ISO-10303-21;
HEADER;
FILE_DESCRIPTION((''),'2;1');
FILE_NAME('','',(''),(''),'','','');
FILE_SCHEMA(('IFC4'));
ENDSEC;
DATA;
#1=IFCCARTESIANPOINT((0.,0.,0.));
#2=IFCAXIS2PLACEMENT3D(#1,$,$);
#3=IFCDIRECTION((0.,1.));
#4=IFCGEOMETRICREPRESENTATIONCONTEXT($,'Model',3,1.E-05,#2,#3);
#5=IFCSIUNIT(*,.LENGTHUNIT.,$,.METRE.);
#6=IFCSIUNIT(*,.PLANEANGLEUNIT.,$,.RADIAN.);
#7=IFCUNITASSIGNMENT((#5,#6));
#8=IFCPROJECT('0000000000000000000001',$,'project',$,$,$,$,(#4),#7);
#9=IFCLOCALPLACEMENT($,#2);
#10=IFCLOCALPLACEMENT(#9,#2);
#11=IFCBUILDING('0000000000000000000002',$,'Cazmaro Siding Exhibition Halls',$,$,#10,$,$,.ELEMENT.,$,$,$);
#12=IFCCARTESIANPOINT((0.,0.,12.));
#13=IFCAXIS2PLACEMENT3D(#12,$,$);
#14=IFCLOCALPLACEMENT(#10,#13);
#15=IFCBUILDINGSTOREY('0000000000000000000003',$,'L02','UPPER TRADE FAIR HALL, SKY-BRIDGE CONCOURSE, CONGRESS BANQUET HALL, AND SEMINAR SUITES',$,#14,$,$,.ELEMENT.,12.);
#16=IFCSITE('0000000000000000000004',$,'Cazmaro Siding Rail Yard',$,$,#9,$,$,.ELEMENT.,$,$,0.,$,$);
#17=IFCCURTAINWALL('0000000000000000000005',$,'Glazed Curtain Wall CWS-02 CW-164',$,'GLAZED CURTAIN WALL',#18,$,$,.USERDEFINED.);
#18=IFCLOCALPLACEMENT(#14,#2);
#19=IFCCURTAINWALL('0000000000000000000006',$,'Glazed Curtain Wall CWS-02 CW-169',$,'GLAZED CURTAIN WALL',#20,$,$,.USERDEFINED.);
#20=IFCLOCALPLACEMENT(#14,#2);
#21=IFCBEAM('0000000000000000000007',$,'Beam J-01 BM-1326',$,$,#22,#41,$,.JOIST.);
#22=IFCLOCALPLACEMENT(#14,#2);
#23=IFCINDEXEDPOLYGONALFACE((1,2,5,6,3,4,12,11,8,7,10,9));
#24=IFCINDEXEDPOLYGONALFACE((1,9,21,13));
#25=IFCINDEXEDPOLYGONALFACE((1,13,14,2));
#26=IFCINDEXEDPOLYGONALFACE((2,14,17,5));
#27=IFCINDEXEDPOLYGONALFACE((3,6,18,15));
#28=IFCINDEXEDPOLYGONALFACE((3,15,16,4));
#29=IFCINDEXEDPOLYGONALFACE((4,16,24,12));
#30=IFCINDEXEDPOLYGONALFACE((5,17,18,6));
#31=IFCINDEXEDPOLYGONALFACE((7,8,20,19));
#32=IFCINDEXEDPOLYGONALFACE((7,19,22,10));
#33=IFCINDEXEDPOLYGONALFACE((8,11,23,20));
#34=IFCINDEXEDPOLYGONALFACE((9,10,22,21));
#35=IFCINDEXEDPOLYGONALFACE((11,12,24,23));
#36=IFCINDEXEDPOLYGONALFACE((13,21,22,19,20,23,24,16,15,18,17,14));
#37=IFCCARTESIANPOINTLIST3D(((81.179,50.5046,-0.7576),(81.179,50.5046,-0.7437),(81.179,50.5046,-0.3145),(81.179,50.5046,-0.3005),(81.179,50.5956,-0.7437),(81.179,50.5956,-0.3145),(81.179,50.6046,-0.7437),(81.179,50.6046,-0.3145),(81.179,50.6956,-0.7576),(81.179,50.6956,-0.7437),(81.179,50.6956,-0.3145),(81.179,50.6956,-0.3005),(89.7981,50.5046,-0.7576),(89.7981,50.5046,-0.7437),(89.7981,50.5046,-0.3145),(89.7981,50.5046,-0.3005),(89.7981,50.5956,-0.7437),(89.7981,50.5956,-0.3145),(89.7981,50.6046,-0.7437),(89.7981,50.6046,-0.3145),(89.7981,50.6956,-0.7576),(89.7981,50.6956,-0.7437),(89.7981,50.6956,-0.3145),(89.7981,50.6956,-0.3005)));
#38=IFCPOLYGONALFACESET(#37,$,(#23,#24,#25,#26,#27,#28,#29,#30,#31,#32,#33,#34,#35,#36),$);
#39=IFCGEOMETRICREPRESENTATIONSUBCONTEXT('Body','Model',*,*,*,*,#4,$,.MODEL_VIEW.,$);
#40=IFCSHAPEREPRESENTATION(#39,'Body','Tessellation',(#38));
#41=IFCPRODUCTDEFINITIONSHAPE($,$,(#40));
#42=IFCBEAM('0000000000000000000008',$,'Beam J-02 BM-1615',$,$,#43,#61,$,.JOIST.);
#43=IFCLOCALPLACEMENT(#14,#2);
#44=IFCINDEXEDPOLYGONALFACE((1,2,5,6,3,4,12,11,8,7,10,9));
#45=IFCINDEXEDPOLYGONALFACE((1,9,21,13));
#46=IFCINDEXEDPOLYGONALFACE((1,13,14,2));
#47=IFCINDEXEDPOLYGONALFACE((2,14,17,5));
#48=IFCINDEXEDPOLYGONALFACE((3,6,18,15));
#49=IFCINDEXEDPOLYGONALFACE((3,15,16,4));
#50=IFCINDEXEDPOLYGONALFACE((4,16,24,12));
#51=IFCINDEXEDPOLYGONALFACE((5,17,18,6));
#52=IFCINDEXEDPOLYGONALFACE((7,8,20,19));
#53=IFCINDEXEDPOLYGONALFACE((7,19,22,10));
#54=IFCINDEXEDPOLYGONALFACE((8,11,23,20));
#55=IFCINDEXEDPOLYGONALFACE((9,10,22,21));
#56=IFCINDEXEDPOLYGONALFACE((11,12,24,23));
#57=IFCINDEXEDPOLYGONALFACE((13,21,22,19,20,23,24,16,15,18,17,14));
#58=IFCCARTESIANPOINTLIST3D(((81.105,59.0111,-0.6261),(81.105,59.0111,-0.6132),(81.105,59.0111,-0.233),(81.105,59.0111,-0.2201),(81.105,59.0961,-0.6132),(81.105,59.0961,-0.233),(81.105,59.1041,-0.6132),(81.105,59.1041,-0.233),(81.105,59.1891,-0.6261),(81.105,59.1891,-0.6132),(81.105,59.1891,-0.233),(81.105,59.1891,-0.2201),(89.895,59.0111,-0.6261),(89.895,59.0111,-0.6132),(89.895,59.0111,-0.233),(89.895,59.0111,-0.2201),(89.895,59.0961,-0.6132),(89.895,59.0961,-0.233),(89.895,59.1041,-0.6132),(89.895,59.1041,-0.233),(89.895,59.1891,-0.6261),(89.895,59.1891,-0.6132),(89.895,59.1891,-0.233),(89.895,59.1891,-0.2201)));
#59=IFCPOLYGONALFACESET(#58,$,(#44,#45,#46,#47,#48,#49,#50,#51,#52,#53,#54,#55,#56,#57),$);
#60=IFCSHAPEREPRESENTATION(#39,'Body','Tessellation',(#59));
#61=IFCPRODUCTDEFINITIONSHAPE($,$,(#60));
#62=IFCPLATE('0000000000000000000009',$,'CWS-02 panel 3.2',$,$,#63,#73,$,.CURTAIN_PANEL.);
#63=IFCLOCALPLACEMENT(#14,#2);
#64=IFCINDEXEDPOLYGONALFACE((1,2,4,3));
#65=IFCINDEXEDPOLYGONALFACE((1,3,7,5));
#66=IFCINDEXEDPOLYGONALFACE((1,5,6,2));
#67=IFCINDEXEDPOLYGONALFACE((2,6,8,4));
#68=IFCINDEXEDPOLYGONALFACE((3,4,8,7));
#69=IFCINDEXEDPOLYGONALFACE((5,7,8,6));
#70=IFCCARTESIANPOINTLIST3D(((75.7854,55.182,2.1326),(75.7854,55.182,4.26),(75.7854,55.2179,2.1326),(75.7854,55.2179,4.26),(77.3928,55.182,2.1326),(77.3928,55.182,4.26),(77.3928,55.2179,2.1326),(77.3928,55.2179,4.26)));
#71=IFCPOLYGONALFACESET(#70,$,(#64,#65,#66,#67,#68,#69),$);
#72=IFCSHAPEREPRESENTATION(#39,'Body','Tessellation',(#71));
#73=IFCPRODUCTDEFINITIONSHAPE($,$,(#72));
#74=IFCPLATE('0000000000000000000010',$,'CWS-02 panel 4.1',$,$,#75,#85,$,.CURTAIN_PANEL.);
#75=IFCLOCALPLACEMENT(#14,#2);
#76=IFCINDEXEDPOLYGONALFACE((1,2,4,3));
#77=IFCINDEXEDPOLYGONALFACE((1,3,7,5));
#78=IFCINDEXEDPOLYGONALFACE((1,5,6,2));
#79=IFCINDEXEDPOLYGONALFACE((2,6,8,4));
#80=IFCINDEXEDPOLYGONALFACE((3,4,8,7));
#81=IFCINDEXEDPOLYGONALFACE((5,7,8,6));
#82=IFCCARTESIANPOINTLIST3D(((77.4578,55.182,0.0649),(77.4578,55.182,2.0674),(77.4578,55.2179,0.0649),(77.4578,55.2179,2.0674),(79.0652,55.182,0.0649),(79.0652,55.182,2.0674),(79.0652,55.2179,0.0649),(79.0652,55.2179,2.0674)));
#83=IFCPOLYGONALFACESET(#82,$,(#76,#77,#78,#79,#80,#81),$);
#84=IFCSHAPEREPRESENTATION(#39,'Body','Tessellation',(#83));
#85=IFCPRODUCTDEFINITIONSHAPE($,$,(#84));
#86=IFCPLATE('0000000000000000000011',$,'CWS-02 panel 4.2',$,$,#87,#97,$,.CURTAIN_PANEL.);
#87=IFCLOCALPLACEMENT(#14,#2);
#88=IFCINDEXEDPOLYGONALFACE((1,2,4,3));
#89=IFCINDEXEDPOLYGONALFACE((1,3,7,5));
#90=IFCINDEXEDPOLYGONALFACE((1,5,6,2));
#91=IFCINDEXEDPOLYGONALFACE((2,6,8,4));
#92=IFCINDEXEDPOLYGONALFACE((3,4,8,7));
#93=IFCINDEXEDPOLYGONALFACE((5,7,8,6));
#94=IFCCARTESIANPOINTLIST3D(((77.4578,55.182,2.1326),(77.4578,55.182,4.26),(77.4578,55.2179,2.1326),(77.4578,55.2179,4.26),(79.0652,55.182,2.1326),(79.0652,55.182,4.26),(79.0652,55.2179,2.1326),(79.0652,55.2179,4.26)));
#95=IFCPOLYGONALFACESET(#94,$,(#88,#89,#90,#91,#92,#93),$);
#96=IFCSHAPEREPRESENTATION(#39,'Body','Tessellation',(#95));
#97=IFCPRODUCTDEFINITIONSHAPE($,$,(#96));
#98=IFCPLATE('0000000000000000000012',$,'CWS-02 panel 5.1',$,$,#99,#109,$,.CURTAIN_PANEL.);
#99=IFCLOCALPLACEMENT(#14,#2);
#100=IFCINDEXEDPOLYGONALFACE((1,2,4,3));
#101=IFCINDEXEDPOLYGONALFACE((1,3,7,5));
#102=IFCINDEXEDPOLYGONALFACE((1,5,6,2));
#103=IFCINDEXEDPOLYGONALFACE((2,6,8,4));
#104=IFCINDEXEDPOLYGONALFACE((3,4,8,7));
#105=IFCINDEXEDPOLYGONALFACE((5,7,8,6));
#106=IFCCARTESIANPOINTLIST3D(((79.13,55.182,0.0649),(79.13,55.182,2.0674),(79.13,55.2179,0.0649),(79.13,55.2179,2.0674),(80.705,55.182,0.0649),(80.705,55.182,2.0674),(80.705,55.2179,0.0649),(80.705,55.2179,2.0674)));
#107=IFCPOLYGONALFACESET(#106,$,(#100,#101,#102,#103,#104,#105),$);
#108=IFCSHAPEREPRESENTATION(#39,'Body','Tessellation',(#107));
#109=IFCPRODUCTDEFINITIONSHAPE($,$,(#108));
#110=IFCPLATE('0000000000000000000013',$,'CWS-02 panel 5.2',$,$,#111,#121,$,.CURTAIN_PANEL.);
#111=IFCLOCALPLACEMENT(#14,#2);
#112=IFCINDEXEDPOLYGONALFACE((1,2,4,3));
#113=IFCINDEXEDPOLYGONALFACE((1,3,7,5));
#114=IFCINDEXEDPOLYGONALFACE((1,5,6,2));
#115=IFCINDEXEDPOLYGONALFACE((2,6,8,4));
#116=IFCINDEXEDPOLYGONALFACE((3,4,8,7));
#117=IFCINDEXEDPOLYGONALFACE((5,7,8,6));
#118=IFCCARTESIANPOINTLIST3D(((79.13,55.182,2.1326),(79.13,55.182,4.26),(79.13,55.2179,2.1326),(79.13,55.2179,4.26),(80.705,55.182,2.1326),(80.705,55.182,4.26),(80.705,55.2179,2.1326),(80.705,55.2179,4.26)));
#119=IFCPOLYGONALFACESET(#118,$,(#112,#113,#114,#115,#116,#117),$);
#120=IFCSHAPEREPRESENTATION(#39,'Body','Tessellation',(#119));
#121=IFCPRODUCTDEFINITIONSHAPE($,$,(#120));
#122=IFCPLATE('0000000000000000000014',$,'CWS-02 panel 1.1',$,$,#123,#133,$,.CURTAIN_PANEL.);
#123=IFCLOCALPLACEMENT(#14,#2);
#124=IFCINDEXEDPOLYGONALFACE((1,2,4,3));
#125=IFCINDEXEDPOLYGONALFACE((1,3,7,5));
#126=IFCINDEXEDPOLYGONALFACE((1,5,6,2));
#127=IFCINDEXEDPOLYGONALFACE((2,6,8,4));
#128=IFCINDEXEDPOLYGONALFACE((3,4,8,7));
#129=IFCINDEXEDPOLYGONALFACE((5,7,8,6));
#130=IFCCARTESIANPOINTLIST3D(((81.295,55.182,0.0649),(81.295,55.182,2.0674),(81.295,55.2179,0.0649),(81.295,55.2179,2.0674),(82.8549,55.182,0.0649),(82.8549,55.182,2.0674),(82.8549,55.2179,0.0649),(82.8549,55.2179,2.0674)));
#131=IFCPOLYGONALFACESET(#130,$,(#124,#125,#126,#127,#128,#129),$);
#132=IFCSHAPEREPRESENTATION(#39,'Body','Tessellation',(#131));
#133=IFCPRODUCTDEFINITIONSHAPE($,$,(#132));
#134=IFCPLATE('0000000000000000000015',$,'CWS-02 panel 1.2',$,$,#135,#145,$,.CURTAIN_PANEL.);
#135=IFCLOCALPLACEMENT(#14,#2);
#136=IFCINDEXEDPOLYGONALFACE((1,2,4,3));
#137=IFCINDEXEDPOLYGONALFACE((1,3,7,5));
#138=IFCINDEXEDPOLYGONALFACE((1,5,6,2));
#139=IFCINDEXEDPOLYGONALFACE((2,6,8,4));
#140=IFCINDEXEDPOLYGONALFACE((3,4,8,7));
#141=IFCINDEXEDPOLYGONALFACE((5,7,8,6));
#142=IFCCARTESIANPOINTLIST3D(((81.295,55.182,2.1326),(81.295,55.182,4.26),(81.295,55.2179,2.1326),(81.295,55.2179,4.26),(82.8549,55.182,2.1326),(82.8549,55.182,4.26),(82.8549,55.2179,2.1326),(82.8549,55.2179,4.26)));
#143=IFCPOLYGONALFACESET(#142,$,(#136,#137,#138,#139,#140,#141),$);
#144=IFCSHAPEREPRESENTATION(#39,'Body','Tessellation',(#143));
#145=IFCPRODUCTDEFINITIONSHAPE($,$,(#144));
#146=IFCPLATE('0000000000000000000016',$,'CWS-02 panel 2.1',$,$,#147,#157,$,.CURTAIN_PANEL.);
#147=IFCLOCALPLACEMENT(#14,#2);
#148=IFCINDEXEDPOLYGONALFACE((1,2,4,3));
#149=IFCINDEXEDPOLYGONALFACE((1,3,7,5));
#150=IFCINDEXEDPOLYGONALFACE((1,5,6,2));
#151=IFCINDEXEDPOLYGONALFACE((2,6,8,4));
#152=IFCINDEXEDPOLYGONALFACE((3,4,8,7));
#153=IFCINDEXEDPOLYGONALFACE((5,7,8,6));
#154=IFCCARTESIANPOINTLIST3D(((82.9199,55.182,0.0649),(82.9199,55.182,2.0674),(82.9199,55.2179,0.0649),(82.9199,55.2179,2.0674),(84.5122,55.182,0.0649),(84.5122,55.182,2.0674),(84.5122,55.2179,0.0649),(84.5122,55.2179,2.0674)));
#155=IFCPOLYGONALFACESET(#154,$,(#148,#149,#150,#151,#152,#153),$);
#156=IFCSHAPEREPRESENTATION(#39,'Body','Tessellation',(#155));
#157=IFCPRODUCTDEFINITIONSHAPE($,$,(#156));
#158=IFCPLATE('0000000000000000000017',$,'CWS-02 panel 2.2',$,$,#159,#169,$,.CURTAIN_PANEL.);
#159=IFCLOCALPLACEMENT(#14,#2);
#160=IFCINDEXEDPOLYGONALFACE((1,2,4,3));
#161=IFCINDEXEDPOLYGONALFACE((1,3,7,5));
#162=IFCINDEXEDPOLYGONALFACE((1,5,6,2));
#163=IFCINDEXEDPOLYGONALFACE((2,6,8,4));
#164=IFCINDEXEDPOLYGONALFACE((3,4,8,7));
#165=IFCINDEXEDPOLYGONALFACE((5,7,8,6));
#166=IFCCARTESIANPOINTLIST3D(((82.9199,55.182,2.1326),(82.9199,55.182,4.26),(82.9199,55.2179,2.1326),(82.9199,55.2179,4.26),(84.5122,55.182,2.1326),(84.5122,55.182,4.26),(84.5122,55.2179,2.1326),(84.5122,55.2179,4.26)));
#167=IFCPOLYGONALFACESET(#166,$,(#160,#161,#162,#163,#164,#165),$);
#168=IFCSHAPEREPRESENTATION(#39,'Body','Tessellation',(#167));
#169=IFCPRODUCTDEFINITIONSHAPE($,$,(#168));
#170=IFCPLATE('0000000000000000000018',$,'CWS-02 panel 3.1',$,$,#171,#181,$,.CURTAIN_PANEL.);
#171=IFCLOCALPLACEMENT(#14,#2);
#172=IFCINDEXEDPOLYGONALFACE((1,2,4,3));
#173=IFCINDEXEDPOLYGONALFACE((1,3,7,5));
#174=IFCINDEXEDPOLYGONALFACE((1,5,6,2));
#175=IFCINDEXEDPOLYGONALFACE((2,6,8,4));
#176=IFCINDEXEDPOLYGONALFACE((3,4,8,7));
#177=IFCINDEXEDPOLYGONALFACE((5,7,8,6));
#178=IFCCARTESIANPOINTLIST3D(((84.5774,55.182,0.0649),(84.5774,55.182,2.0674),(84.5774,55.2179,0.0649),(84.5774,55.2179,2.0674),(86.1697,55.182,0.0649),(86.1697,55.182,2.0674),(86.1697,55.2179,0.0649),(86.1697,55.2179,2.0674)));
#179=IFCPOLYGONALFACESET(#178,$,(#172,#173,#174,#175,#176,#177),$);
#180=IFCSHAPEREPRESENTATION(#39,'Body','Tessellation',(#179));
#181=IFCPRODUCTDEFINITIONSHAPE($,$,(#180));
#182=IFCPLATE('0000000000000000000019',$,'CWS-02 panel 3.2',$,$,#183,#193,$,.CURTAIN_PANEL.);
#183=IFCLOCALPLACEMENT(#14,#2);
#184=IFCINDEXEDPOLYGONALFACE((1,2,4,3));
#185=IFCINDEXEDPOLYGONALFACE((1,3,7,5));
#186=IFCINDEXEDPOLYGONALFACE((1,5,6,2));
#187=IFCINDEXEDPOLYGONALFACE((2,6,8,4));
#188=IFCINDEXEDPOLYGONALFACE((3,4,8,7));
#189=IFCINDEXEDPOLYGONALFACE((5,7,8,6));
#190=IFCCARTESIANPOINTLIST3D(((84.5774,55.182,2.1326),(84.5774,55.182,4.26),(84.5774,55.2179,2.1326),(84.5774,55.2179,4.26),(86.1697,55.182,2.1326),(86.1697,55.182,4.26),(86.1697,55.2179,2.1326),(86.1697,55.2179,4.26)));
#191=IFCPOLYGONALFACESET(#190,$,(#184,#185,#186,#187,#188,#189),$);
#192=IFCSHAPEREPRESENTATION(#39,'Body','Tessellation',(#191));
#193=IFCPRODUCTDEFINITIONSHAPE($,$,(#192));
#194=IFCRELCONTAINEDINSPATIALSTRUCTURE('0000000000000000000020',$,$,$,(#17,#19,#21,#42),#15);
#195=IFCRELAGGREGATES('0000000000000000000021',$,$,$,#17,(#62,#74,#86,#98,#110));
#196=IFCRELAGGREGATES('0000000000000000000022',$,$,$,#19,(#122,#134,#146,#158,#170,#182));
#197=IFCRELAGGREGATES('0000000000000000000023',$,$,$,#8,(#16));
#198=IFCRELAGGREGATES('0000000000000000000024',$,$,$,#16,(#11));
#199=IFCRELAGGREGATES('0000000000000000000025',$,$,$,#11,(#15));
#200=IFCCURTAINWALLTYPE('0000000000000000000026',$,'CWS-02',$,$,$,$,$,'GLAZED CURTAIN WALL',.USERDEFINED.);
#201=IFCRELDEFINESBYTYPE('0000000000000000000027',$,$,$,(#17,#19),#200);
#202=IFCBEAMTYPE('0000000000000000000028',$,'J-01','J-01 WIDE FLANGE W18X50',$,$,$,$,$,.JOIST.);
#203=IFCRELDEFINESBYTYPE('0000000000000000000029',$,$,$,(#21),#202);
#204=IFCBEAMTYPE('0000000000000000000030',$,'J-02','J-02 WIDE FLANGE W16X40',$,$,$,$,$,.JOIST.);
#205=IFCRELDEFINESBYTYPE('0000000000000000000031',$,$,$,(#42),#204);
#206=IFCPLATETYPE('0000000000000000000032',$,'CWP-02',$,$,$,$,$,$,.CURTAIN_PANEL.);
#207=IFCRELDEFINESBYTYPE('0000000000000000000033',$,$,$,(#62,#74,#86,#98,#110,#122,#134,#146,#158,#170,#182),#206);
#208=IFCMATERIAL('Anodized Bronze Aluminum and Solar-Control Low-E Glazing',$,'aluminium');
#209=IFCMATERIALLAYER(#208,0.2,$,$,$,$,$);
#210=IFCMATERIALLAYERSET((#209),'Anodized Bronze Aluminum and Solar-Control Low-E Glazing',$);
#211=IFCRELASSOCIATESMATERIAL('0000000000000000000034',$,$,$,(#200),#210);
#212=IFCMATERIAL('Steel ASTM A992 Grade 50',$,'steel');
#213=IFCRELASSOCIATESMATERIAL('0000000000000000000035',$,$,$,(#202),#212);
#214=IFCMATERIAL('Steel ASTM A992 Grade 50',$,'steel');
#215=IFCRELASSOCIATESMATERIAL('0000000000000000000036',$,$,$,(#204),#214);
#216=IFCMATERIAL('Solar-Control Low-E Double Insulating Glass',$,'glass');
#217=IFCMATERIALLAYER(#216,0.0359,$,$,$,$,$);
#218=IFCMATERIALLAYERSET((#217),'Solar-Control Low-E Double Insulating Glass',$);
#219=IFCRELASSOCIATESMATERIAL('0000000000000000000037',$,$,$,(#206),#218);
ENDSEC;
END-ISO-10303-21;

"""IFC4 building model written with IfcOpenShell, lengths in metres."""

from ifc_helpers import new_model, si_unit, direction, frame, origin, origin_2d, place, context, subcontext, project, spatial, rectangle, i_section, extrude, material, layer, layer_set, material_profile, profile_set, type_object, element, aggregate, save


model = new_model("IFC4")

# Units and contexts
model_context = context("Model", 3, precision=1e-05, world=origin(), true_north=direction((0.0, 1.0)))
body_context = subcontext(model_context, "Body", "Model", "MODEL_VIEW")
ifc_project = project(units=[si_unit("LENGTHUNIT", "METRE"), si_unit("PLANEANGLEUNIT", "RADIAN")], contexts=[model_context])

# Site, building, storey
site_placement = place(None, origin())
site = spatial("IfcSite", under=ifc_project, at=site_placement, Name="Cazmaro Siding Rail Yard", CompositionType="ELEMENT", RefElevation=0.0)
building_placement = place(site_placement, origin())
building = spatial("IfcBuilding", under=site, at=building_placement, Name="Cazmaro Siding Exhibition Halls", CompositionType="ELEMENT")
storey_placement = place(building_placement, frame((0.0, 0.0, 12.0)))
storey = spatial("IfcBuildingStorey", under=building, at=storey_placement, Name="L02", Description="UPPER TRADE FAIR HALL, SKY-BRIDGE CONCOURSE, CONGRESS BANQUET HALL, AND SEMINAR SUITES", CompositionType="ELEMENT", Elevation=12.0)

# Curtain walls
ifc_material_1 = material(Name="Anodized Bronze Aluminum and Solar-Control Low-E Glazing", Category="aluminium")
ifc_layer_1 = layer(ifc_material_1, 0.2)
ifc_layer_set_1 = layer_set([ifc_layer_1], Name="Anodized Bronze Aluminum and Solar-Control Low-E Glazing")
curtain_wall_type = type_object("IfcCurtainWallType", Name="CWS-02", ElementType="GLAZED CURTAIN WALL", PredefinedType="USERDEFINED", material=ifc_layer_set_1)
curtain_wall_1_placement = place(storey_placement, origin())
curtain_wall_1 = element("IfcCurtainWall", 1, at=curtain_wall_1_placement, inside=storey, type_object=curtain_wall_type, Name="Glazed Curtain Wall CWS-02 CW-164", ObjectType="GLAZED CURTAIN WALL", PredefinedType="USERDEFINED")
curtain_wall_2_placement = place(storey_placement, origin())
curtain_wall_2 = element("IfcCurtainWall", 2, at=curtain_wall_2_placement, inside=storey, type_object=curtain_wall_type, Name="Glazed Curtain Wall CWS-02 CW-169", ObjectType="GLAZED CURTAIN WALL", PredefinedType="USERDEFINED")

# Beams
ifc_material_2 = material(Name="Steel ASTM A992 Grade 50", Category="steel")
ifc_material_profile_1 = material_profile(ifc_material_2, i_section(OverallWidth=0.1909, OverallDepth=0.457, WebThickness=0.009, FlangeThickness=0.0139, at=origin_2d()), Name="W18X50")
ifc_profile_set_1 = profile_set([ifc_material_profile_1], Name="Steel ASTM A992 Grade 50")
beam_type_1 = type_object("IfcBeamType", Name="J-01", Description="J-01 WIDE FLANGE W18X50", PredefinedType="JOIST", material=ifc_profile_set_1)
beam_1_placement = place(storey_placement, frame((81.179, 50.6001, -0.5291), z_axis=(1.0, 0.0, 0.0), x_axis=(0.0, 1.0, 0.0)))
element("IfcBeam", 3, at=beam_1_placement, inside=storey, type_object=beam_type_1, Name="Beam J-01 BM-1326", PredefinedType="JOIST", context=body_context, shape_type="SweptSolid", body=[
    extrude(i_section(OverallWidth=0.1909, OverallDepth=0.457, WebThickness=0.009, FlangeThickness=0.0139, at=origin_2d()), origin(), (0.0, 0.0, 1.0), 8.6191),
])
ifc_material_3 = material(Name="Steel ASTM A992 Grade 50", Category="steel")
ifc_material_profile_2 = material_profile(ifc_material_3, i_section(OverallWidth=0.178, OverallDepth=0.406, WebThickness=0.0081, FlangeThickness=0.0129, at=origin_2d()), Name="W16X40")
ifc_profile_set_2 = profile_set([ifc_material_profile_2], Name="Steel ASTM A992 Grade 50")
beam_type_2 = type_object("IfcBeamType", Name="J-02", Description="J-02 WIDE FLANGE W16X40", PredefinedType="JOIST", material=ifc_profile_set_2)
beam_2_placement = place(storey_placement, frame((81.105, 59.1001, -0.4231), z_axis=(1.0, 0.0, 0.0), x_axis=(0.0, 1.0, 0.0)))
element("IfcBeam", 4, at=beam_2_placement, inside=storey, type_object=beam_type_2, Name="Beam J-02 BM-1615", PredefinedType="JOIST", context=body_context, shape_type="SweptSolid", body=[
    extrude(i_section(OverallWidth=0.178, OverallDepth=0.406, WebThickness=0.0081, FlangeThickness=0.0129, at=origin_2d()), origin(), (0.0, 0.0, 1.0), 8.79),
])

# Plates
ifc_material_4 = material(Name="Solar-Control Low-E Double Insulating Glass", Category="glass")
ifc_layer_2 = layer(ifc_material_4, 0.0359)
ifc_layer_set_2 = layer_set([ifc_layer_2], Name="Solar-Control Low-E Double Insulating Glass")
plate_type = type_object("IfcPlateType", Name="CWP-02", PredefinedType="CURTAIN_PANEL", material=ifc_layer_set_2)
plate_1_placement = place(storey_placement, frame((76.5891, 55.2, 2.1326), z_axis=(0.0, 0.0, 1.0), x_axis=(1.0, 0.0, 0.0)))
plate_1 = element("IfcPlate", 5, at=plate_1_placement, type_object=plate_type, Name="CWS-02 panel 3.2", PredefinedType="CURTAIN_PANEL", context=body_context, shape_type="SweptSolid", body=[
    extrude(rectangle(XDim=1.6074, YDim=0.0359, at=origin_2d()), origin(), (0.0, 0.0, 1.0), 2.1274),
])
plate_2_placement = place(storey_placement, frame((78.2615, 55.2, 0.0649), z_axis=(0.0, 0.0, 1.0), x_axis=(1.0, 0.0, 0.0)))
plate_2 = element("IfcPlate", 6, at=plate_2_placement, type_object=plate_type, Name="CWS-02 panel 4.1", PredefinedType="CURTAIN_PANEL", context=body_context, shape_type="SweptSolid", body=[
    extrude(rectangle(XDim=1.6074, YDim=0.0359, at=origin_2d()), origin(), (0.0, 0.0, 1.0), 2.0024),
])
plate_3_placement = place(storey_placement, frame((78.2615, 55.2, 2.1326), z_axis=(0.0, 0.0, 1.0), x_axis=(1.0, 0.0, 0.0)))
plate_3 = element("IfcPlate", 7, at=plate_3_placement, type_object=plate_type, Name="CWS-02 panel 4.2", PredefinedType="CURTAIN_PANEL", context=body_context, shape_type="SweptSolid", body=[
    extrude(rectangle(XDim=1.6074, YDim=0.0359, at=origin_2d()), origin(), (0.0, 0.0, 1.0), 2.1274),
])
plate_4_placement = place(storey_placement, frame((79.9175, 55.2, 0.0649), z_axis=(0.0, 0.0, 1.0), x_axis=(1.0, 0.0, 0.0)))
plate_4 = element("IfcPlate", 8, at=plate_4_placement, type_object=plate_type, Name="CWS-02 panel 5.1", PredefinedType="CURTAIN_PANEL", context=body_context, shape_type="SweptSolid", body=[
    extrude(rectangle(XDim=1.575, YDim=0.0359, at=origin_2d()), origin(), (0.0, 0.0, 1.0), 2.0024),
])
plate_5_placement = place(storey_placement, frame((79.9175, 55.2, 2.1326), z_axis=(0.0, 0.0, 1.0), x_axis=(1.0, 0.0, 0.0)))
plate_5 = element("IfcPlate", 9, at=plate_5_placement, type_object=plate_type, Name="CWS-02 panel 5.2", PredefinedType="CURTAIN_PANEL", context=body_context, shape_type="SweptSolid", body=[
    extrude(rectangle(XDim=1.575, YDim=0.0359, at=origin_2d()), origin(), (0.0, 0.0, 1.0), 2.1274),
])
aggregate(curtain_wall_1, [plate_1, plate_2, plate_3, plate_4, plate_5])
plate_6_placement = place(storey_placement, frame((82.075, 55.2, 0.0649), z_axis=(0.0, 0.0, 1.0), x_axis=(1.0, 0.0, 0.0)))
plate_6 = element("IfcPlate", 10, at=plate_6_placement, type_object=plate_type, Name="CWS-02 panel 1.1", PredefinedType="CURTAIN_PANEL", context=body_context, shape_type="SweptSolid", body=[
    extrude(rectangle(XDim=1.5598, YDim=0.0359, at=origin_2d()), origin(), (0.0, 0.0, 1.0), 2.0024),
])
plate_7_placement = place(storey_placement, frame((82.075, 55.2, 2.1326), z_axis=(0.0, 0.0, 1.0), x_axis=(1.0, 0.0, 0.0)))
plate_7 = element("IfcPlate", 11, at=plate_7_placement, type_object=plate_type, Name="CWS-02 panel 1.2", PredefinedType="CURTAIN_PANEL", context=body_context, shape_type="SweptSolid", body=[
    extrude(rectangle(XDim=1.5598, YDim=0.0359, at=origin_2d()), origin(), (0.0, 0.0, 1.0), 2.1274),
])
plate_8_placement = place(storey_placement, frame((83.7161, 55.2, 0.0649), z_axis=(0.0, 0.0, 1.0), x_axis=(1.0, 0.0, 0.0)))
plate_8 = element("IfcPlate", 12, at=plate_8_placement, type_object=plate_type, Name="CWS-02 panel 2.1", PredefinedType="CURTAIN_PANEL", context=body_context, shape_type="SweptSolid", body=[
    extrude(rectangle(XDim=1.5923, YDim=0.0359, at=origin_2d()), origin(), (0.0, 0.0, 1.0), 2.0024),
])
plate_9_placement = place(storey_placement, frame((83.7161, 55.2, 2.1326), z_axis=(0.0, 0.0, 1.0), x_axis=(1.0, 0.0, 0.0)))
plate_9 = element("IfcPlate", 13, at=plate_9_placement, type_object=plate_type, Name="CWS-02 panel 2.2", PredefinedType="CURTAIN_PANEL", context=body_context, shape_type="SweptSolid", body=[
    extrude(rectangle(XDim=1.5923, YDim=0.0359, at=origin_2d()), origin(), (0.0, 0.0, 1.0), 2.1274),
])
plate_10_placement = place(storey_placement, frame((85.3735, 55.2, 0.0649), z_axis=(0.0, 0.0, 1.0), x_axis=(1.0, 0.0, 0.0)))
plate_10 = element("IfcPlate", 14, at=plate_10_placement, type_object=plate_type, Name="CWS-02 panel 3.1", PredefinedType="CURTAIN_PANEL", context=body_context, shape_type="SweptSolid", body=[
    extrude(rectangle(XDim=1.5923, YDim=0.0359, at=origin_2d()), origin(), (0.0, 0.0, 1.0), 2.0024),
])
plate_11_placement = place(storey_placement, frame((85.3735, 55.2, 2.1326), z_axis=(0.0, 0.0, 1.0), x_axis=(1.0, 0.0, 0.0)))
plate_11 = element("IfcPlate", 15, at=plate_11_placement, type_object=plate_type, Name="CWS-02 panel 3.2", PredefinedType="CURTAIN_PANEL", context=body_context, shape_type="SweptSolid", body=[
    extrude(rectangle(XDim=1.5923, YDim=0.0359, at=origin_2d()), origin(), (0.0, 0.0, 1.0), 2.1274),
])
aggregate(curtain_wall_2, [plate_6, plate_7, plate_8, plate_9, plate_10, plate_11])

save(model, "model.ifc")
